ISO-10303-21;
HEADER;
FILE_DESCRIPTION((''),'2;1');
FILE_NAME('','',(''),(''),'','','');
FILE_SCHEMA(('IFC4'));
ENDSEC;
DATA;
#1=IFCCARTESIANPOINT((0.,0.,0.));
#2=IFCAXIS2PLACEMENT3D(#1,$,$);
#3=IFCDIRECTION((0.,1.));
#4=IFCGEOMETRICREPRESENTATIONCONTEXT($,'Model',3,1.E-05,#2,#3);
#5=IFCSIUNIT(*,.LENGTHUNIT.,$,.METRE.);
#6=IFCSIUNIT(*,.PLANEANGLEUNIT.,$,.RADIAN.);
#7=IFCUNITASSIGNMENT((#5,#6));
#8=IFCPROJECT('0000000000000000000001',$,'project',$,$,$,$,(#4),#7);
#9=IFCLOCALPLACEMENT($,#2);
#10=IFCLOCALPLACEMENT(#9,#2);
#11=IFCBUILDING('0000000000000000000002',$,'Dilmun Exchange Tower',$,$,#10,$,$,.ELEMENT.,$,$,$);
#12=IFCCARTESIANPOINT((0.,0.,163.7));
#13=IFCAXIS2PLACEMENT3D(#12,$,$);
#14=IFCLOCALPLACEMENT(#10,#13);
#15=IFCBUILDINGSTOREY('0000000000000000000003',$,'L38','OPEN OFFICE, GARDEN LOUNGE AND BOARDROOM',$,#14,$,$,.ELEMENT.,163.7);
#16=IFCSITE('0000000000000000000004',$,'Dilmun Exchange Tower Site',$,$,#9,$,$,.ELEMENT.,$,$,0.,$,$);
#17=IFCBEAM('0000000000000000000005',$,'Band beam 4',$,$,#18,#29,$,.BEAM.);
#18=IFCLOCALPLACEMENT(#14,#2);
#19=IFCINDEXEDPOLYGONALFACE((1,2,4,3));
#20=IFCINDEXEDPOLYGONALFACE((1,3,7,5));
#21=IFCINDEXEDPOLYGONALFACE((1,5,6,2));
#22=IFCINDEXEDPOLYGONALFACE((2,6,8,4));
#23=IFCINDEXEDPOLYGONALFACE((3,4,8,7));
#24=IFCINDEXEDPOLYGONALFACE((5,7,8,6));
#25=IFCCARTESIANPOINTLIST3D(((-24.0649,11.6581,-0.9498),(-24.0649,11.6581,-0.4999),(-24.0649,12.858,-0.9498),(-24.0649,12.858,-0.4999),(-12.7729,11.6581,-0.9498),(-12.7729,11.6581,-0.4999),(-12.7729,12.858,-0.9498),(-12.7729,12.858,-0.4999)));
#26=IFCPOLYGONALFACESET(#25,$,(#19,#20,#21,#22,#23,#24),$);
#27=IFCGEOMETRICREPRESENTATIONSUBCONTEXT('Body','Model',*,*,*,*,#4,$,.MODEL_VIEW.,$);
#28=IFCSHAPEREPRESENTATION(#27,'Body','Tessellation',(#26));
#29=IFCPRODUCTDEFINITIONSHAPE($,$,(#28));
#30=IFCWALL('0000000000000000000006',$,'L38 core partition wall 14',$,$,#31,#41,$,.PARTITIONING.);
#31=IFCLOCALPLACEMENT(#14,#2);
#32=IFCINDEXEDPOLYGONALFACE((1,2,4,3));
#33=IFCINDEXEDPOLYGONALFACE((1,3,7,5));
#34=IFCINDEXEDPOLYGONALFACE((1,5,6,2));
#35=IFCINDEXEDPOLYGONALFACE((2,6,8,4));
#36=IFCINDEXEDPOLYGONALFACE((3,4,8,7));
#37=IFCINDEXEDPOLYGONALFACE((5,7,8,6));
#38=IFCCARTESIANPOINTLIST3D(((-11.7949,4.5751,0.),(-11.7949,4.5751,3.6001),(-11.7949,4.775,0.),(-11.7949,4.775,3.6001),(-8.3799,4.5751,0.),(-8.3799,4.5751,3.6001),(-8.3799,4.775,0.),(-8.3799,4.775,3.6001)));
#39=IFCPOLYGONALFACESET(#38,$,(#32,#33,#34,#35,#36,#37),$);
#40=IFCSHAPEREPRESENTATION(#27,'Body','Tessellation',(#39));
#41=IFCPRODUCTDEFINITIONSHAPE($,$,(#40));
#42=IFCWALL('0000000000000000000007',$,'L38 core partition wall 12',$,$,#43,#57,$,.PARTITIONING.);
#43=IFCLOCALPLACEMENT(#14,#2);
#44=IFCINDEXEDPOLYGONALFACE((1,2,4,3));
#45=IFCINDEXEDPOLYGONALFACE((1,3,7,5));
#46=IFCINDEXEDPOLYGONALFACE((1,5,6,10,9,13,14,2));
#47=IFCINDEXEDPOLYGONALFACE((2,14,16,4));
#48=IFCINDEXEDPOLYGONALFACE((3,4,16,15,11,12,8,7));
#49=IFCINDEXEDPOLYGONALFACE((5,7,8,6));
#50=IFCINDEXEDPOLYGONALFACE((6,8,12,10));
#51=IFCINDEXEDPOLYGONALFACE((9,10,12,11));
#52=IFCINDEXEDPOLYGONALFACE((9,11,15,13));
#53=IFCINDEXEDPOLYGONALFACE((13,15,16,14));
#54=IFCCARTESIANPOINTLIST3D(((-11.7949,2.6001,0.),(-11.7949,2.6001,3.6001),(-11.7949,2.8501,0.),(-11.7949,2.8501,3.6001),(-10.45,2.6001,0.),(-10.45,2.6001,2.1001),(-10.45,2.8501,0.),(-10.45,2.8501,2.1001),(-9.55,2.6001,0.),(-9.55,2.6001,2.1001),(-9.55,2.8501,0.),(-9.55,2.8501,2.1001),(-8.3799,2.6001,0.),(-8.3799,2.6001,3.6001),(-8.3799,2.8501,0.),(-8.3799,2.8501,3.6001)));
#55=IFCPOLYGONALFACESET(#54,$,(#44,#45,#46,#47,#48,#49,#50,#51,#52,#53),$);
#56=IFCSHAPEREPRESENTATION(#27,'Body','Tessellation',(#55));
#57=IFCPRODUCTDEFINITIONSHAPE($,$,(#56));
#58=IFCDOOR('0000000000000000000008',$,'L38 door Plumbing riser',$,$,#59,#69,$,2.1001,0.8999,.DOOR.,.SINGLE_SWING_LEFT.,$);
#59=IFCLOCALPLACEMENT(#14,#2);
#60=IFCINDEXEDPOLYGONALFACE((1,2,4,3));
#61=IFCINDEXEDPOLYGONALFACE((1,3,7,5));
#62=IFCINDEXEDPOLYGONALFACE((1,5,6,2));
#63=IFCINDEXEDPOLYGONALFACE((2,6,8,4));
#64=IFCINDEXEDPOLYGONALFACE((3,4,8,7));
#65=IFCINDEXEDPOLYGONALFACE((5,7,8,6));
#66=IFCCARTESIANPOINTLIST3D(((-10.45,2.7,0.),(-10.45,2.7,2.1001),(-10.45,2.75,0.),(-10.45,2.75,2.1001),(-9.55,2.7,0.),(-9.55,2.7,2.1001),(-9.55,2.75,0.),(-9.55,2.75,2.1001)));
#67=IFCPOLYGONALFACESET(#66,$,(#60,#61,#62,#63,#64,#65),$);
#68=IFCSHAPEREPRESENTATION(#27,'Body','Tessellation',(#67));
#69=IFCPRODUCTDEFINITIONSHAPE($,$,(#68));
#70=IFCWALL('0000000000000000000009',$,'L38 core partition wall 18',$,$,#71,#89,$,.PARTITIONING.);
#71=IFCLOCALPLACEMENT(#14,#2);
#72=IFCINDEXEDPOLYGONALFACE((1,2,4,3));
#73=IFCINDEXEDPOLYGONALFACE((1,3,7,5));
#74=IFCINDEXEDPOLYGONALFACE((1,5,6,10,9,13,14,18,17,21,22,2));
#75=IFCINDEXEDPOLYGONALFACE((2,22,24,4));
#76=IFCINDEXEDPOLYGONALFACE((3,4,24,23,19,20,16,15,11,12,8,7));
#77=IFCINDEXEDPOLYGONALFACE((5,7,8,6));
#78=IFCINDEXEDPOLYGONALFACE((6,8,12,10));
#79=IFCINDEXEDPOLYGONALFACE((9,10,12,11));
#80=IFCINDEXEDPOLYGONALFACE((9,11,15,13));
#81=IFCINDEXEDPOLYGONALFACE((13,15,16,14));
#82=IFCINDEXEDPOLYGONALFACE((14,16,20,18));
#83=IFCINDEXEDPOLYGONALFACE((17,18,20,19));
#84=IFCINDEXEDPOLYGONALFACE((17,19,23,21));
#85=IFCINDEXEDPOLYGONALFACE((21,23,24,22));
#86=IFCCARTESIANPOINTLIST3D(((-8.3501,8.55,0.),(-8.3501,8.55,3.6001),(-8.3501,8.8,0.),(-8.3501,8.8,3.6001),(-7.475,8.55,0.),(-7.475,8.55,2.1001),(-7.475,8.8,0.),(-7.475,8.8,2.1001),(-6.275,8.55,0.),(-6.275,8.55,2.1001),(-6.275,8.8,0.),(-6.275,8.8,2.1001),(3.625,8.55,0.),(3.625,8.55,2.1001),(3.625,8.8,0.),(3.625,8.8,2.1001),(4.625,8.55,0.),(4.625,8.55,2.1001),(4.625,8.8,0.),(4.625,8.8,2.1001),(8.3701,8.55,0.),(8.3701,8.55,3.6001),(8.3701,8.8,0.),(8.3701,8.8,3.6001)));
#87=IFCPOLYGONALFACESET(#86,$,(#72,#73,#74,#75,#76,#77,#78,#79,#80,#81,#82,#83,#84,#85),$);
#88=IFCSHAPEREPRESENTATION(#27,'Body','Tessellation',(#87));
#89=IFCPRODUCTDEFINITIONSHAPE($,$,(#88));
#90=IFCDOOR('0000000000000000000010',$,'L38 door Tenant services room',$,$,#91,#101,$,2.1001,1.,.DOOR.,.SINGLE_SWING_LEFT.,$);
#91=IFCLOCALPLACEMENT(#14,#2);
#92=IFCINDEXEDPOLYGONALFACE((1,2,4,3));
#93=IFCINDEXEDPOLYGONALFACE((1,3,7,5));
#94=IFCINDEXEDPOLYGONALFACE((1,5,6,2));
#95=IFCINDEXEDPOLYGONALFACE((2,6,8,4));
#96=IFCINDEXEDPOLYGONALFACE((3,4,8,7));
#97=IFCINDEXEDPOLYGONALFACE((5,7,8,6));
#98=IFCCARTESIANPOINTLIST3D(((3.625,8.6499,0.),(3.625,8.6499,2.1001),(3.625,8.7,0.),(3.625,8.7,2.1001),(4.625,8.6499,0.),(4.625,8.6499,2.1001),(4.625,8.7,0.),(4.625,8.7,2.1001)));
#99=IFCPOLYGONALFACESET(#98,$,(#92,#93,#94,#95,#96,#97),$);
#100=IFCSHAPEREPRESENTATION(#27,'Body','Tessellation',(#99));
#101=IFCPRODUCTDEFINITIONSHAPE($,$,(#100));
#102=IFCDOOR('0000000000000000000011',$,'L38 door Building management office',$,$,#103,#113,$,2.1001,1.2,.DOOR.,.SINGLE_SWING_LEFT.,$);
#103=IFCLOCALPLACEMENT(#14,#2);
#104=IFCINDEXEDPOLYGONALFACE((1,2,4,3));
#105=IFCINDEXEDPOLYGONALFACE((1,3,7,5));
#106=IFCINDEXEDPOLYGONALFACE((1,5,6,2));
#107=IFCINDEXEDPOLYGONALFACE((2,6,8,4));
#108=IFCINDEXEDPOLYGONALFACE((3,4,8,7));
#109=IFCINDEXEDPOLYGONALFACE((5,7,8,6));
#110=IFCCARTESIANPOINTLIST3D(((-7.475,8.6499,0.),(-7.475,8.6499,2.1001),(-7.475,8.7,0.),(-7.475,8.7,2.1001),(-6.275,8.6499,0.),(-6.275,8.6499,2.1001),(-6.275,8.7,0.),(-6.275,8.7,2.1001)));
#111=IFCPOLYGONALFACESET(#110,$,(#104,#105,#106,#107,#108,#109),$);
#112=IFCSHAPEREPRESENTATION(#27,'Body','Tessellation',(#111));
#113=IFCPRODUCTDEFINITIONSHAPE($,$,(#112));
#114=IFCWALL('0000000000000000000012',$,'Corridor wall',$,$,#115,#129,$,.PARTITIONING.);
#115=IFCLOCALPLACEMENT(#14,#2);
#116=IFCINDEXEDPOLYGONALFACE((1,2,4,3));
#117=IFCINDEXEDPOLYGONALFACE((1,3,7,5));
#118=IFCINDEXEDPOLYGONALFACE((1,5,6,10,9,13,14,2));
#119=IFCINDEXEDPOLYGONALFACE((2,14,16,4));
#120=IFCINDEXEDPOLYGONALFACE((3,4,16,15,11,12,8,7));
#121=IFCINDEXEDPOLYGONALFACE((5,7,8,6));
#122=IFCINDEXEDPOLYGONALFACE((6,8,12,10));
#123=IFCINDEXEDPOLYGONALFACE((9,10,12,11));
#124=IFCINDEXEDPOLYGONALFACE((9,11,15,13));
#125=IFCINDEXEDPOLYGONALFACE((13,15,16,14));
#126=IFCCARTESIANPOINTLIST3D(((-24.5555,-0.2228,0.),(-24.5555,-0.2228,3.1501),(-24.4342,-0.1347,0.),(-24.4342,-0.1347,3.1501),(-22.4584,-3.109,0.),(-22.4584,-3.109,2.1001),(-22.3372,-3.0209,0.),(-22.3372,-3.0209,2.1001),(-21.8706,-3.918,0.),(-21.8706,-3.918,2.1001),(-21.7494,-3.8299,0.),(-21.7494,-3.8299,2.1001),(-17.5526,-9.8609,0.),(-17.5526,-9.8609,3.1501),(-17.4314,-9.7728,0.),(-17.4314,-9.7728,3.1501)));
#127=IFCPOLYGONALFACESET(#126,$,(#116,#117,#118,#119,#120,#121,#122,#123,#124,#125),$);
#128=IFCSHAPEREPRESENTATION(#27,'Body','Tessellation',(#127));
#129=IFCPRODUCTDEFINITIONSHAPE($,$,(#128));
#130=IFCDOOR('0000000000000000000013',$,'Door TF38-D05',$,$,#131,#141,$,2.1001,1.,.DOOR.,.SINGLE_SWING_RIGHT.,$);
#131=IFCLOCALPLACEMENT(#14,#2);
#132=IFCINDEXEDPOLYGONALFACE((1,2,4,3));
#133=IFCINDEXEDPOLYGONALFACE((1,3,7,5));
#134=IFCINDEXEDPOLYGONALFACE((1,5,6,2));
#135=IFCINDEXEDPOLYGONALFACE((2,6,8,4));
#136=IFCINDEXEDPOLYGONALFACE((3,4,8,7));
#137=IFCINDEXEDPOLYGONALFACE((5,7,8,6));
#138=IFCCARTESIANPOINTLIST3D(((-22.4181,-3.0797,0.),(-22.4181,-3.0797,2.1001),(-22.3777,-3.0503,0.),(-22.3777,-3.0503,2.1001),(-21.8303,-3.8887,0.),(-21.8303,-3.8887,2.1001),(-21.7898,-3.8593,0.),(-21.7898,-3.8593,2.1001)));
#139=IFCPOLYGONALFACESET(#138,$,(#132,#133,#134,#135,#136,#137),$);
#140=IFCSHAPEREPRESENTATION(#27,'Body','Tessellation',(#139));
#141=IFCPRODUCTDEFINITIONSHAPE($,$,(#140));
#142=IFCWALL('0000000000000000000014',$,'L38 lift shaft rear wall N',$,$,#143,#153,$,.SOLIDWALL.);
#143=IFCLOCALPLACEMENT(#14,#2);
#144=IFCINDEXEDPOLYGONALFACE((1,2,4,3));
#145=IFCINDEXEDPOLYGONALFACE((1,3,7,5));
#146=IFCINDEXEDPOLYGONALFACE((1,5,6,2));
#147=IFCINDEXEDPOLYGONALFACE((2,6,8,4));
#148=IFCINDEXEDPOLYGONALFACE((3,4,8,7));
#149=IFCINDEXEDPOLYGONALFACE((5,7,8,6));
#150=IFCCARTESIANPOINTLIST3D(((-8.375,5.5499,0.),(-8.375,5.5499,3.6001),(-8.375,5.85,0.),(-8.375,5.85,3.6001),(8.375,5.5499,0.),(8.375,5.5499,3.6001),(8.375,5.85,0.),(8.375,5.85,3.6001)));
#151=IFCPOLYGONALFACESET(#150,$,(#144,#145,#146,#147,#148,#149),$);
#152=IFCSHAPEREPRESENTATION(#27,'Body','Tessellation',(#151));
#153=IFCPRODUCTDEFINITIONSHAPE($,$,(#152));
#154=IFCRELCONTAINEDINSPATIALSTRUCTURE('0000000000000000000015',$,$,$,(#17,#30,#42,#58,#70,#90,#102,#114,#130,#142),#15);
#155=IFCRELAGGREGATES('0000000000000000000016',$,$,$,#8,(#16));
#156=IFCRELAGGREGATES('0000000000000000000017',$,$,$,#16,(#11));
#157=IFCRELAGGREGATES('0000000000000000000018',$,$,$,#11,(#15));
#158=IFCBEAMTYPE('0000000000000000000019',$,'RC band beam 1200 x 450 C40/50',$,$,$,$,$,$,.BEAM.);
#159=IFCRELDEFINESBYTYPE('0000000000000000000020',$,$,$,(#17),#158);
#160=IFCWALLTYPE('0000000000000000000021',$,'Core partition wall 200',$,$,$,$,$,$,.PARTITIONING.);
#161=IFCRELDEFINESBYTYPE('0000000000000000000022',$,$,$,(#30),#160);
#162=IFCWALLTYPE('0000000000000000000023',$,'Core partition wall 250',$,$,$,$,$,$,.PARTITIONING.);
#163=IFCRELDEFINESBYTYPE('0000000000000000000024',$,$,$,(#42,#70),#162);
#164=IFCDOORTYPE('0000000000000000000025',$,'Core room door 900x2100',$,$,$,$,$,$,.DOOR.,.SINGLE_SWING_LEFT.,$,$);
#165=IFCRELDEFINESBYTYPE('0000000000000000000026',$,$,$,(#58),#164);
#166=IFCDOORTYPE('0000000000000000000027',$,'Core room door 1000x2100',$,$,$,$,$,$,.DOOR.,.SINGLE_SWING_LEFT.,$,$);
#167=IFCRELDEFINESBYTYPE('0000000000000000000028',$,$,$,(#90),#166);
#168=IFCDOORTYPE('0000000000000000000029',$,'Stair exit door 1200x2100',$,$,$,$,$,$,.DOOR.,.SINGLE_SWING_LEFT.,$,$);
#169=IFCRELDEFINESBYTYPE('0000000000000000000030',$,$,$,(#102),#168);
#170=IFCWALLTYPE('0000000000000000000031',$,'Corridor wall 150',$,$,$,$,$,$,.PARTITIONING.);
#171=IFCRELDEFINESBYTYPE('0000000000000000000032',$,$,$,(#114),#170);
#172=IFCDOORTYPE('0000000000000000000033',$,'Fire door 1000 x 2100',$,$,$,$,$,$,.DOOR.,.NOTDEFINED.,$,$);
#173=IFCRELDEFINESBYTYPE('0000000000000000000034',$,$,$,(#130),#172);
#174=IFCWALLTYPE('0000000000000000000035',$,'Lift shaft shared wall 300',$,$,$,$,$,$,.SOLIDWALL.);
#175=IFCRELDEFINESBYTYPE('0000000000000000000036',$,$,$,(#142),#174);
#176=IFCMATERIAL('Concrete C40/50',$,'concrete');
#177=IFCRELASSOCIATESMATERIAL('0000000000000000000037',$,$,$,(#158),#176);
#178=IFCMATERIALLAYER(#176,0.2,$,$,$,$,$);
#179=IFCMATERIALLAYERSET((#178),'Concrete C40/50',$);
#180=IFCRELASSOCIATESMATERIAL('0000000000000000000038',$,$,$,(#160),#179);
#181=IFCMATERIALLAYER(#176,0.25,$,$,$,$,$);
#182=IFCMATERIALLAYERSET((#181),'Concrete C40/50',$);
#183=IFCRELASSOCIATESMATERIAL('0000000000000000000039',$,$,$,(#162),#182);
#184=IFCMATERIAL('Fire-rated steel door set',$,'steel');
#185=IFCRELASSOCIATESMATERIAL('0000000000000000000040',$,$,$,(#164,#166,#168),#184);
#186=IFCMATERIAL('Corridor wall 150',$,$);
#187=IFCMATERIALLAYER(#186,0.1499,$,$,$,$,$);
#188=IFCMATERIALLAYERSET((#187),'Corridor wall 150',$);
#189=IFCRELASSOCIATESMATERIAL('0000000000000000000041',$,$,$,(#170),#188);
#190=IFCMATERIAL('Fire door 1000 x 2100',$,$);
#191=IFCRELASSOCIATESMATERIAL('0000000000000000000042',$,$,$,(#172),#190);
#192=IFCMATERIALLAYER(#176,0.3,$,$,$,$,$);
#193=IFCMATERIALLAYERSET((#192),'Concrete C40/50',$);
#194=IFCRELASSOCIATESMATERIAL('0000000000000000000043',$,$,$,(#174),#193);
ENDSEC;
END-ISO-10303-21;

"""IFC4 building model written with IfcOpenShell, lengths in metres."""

from ifc_helpers import new_model, si_unit, direction, frame, frame_2d, origin, origin_2d, place, context, subcontext, project, spatial, rectangle, extrude, material, layer, layer_set, material_profile, profile_set, type_object, element, fill, save


model = new_model("IFC4")

# Units and contexts
model_context = context("Model", 3, precision=1e-05, world=origin(), true_north=direction((0.0, 1.0)))
body_context = subcontext(model_context, "Body", "Model", "MODEL_VIEW")
ifc_project = project(units=[si_unit("LENGTHUNIT", "METRE"), si_unit("PLANEANGLEUNIT", "RADIAN")], contexts=[model_context])

# Site, building, storey
site_placement = place(None, origin())
site = spatial("IfcSite", under=ifc_project, at=site_placement, Name="Dilmun Exchange Tower Site", CompositionType="ELEMENT", RefElevation=0.0)
building_placement = place(site_placement, origin())
building = spatial("IfcBuilding", under=site, at=building_placement, Name="Dilmun Exchange Tower", CompositionType="ELEMENT")
storey_placement = place(building_placement, frame((0.0, 0.0, 163.7)))
storey = spatial("IfcBuildingStorey", under=building, at=storey_placement, Name="L38", Description="OPEN OFFICE, GARDEN LOUNGE AND BOARDROOM", CompositionType="ELEMENT", Elevation=163.7)

# Beam
ifc_material_1 = material(Name="Concrete C40/50", Category="concrete")
ifc_material_profile = material_profile(ifc_material_1, rectangle(XDim=1.2, YDim=0.45, at=origin_2d()), Name="1200 x 450")
ifc_profile_set = profile_set([ifc_material_profile], Name="Concrete C40/50")
beam_type = type_object("IfcBeamType", Name="RC band beam 1200 x 450 C40/50", PredefinedType="BEAM", material=ifc_profile_set)
beam_placement = place(storey_placement, frame((-24.0649, 12.2581, -0.7249), z_axis=(1.0, 0.0, 0.0), x_axis=(0.0, 1.0, 0.0)))
element("IfcBeam", 1, at=beam_placement, inside=storey, type_object=beam_type, Name="Band beam 4", PredefinedType="BEAM", context=body_context, shape_type="SweptSolid", body=[
    extrude(rectangle(XDim=1.2, YDim=0.45, at=origin_2d()), origin(), (0.0, 0.0, 1.0), 11.292),
])

# Wall
ifc_layer_1 = layer(ifc_material_1, 0.2)
ifc_layer_set_1 = layer_set([ifc_layer_1], Name="Concrete C40/50")
wall_type_1 = type_object("IfcWallType", Name="Core partition wall 200", PredefinedType="PARTITIONING", material=ifc_layer_set_1)
wall_1_placement = place(storey_placement, frame((-11.7949, 4.675, 0.0), z_axis=(0.0, 0.0, 1.0), x_axis=(1.0, 0.0, 0.0)))
element("IfcWall", 2, at=wall_1_placement, inside=storey, type_object=wall_type_1, Name="L38 core partition wall 14", PredefinedType="PARTITIONING", context=body_context, shape_type="SweptSolid", body=[
    extrude(rectangle(XDim=3.415, YDim=0.2, at=frame_2d((1.7075, 0.0))), origin(), (0.0, 0.0, 1.0), 3.6001),
])

# Wall, opening, door
ifc_layer_2 = layer(ifc_material_1, 0.25)
ifc_layer_set_2 = layer_set([ifc_layer_2], Name="Concrete C40/50")
wall_type_2 = type_object("IfcWallType", Name="Core partition wall 250", PredefinedType="PARTITIONING", material=ifc_layer_set_2)
wall_2_placement = place(storey_placement, frame((-11.7949, 2.7251, 0.0), z_axis=(0.0, 0.0, 1.0), x_axis=(1.0, 0.0, 0.0)))
wall_2 = element("IfcWall", 3, at=wall_2_placement, inside=storey, type_object=wall_type_2, Name="L38 core partition wall 12", PredefinedType="PARTITIONING", context=body_context, shape_type="SweptSolid", body=[
    extrude(rectangle(XDim=3.415, YDim=0.25, at=frame_2d((1.7075, 0.0))), origin(), (0.0, 0.0, 1.0), 3.6001),
])
opening_1_placement = place(wall_2_placement, frame((1.345, 0.0, 0.0)))
opening_1 = element("IfcOpeningElement", 4, at=opening_1_placement, cuts=wall_2, PredefinedType="OPENING", context=body_context, shape_type="SweptSolid", body=[
    extrude(rectangle(XDim=0.8999, YDim=2.1001, at=frame_2d((0.45, 1.05))), frame((0.0, 0.135, 0.0), z_axis=(0.0, -1.0, 0.0), x_axis=(1.0, 0.0, 0.0)), (0.0, 0.0, 1.0), 0.27),
])
ifc_material_2 = material(Name="Fire-rated steel door set", Category="steel")
door_type_1 = type_object("IfcDoorType", Name="Core room door 900x2100", OperationType="SINGLE_SWING_LEFT", PredefinedType="DOOR", material=ifc_material_2)
door_1_placement = place(opening_1_placement, origin())
door_1 = element("IfcDoor", 5, at=door_1_placement, inside=storey, type_object=door_type_1, Name="L38 door Plumbing riser", OperationType="SINGLE_SWING_LEFT", OverallHeight=2.1001, OverallWidth=0.8999, PredefinedType="DOOR", context=body_context, shape_type="SweptSolid", body=[
    extrude(rectangle(XDim=0.8999, YDim=2.1001, at=frame_2d((0.45, 1.05))), frame((0.0, 0.0249, 0.0), z_axis=(0.0, -1.0, 0.0), x_axis=(1.0, 0.0, 0.0)), (0.0, 0.0, 1.0), 0.05),
])
fill(opening_1, door_1)

# Wall, openings, doors
wall_3_placement = place(storey_placement, frame((-8.3501, 8.675, 0.0), z_axis=(0.0, 0.0, 1.0), x_axis=(1.0, 0.0, 0.0)))
wall_3 = element("IfcWall", 6, at=wall_3_placement, inside=storey, type_object=wall_type_2, Name="L38 core partition wall 18", PredefinedType="PARTITIONING", context=body_context, shape_type="SweptSolid", body=[
    extrude(rectangle(XDim=16.7202, YDim=0.25, at=frame_2d((8.3601, 0.0))), origin(), (0.0, 0.0, 1.0), 3.6001),
])
opening_2_placement = place(wall_3_placement, frame((0.875, 0.0, 0.0)))
opening_2 = element("IfcOpeningElement", 7, at=opening_2_placement, cuts=wall_3, PredefinedType="OPENING", context=body_context, shape_type="SweptSolid", body=[
    extrude(rectangle(XDim=1.2, YDim=2.1001, at=frame_2d((0.6001, 1.05))), frame((0.0, 0.135, 0.0), z_axis=(0.0, -1.0, 0.0), x_axis=(1.0, 0.0, 0.0)), (0.0, 0.0, 1.0), 0.27),
])
opening_3_placement = place(wall_3_placement, frame((11.9751, 0.0, 0.0)))
opening_3 = element("IfcOpeningElement", 8, at=opening_3_placement, cuts=wall_3, PredefinedType="OPENING", context=body_context, shape_type="SweptSolid", body=[
    extrude(rectangle(XDim=1.0, YDim=2.1001, at=frame_2d((0.5, 1.05))), frame((0.0, 0.135, 0.0), z_axis=(0.0, -1.0, 0.0), x_axis=(1.0, 0.0, 0.0)), (0.0, 0.0, 1.0), 0.27),
])
door_type_2 = type_object("IfcDoorType", Name="Core room door 1000x2100", OperationType="SINGLE_SWING_LEFT", PredefinedType="DOOR", material=ifc_material_2)
door_2_placement = place(opening_3_placement, origin())
door_2 = element("IfcDoor", 9, at=door_2_placement, inside=storey, type_object=door_type_2, Name="L38 door Tenant services room", OperationType="SINGLE_SWING_LEFT", OverallHeight=2.1001, OverallWidth=1.0, PredefinedType="DOOR", context=body_context, shape_type="SweptSolid", body=[
    extrude(rectangle(XDim=1.0, YDim=2.1001, at=frame_2d((0.5, 1.05))), frame((0.0, 0.0249, 0.0), z_axis=(0.0, -1.0, 0.0), x_axis=(1.0, 0.0, 0.0)), (0.0, 0.0, 1.0), 0.05),
])
fill(opening_3, door_2)
door_type_3 = type_object("IfcDoorType", Name="Stair exit door 1200x2100", OperationType="SINGLE_SWING_LEFT", PredefinedType="DOOR", material=ifc_material_2)
door_3_placement = place(opening_2_placement, origin())
door_3 = element("IfcDoor", 10, at=door_3_placement, inside=storey, type_object=door_type_3, Name="L38 door Building management office", OperationType="SINGLE_SWING_LEFT", OverallHeight=2.1001, OverallWidth=1.2, PredefinedType="DOOR", context=body_context, shape_type="SweptSolid", body=[
    extrude(rectangle(XDim=1.2, YDim=2.1001, at=frame_2d((0.6001, 1.05))), frame((0.0, 0.0249, 0.0), z_axis=(0.0, -1.0, 0.0), x_axis=(1.0, 0.0, 0.0)), (0.0, 0.0, 1.0), 0.05),
])
fill(opening_2, door_3)

# Wall, opening, door
ifc_material_3 = material(Name="Corridor wall 150")
ifc_layer_3 = layer(ifc_material_3, 0.1499)
ifc_layer_set_3 = layer_set([ifc_layer_3], Name="Corridor wall 150")
wall_type_3 = type_object("IfcWallType", Name="Corridor wall 150", PredefinedType="PARTITIONING", material=ifc_layer_set_3)
wall_4_placement = place(storey_placement, frame((-24.4949, -0.1787, 0.0), z_axis=(0.0, 0.0, 1.0), x_axis=(0.587806, -0.809002, 0.0)))
wall_4 = element("IfcWall", 11, at=wall_4_placement, inside=storey, type_object=wall_type_3, Name="Corridor wall", PredefinedType="PARTITIONING", context=body_context, shape_type="SweptSolid", body=[
    extrude(rectangle(XDim=11.9136, YDim=0.1499, at=frame_2d((5.9568, 0.0))), origin(), (0.0, 0.0, 1.0), 3.1501),
])
opening_4_placement = place(wall_4_placement, frame((3.5676, 0.0, 0.0)))
opening_4 = element("IfcOpeningElement", 12, at=opening_4_placement, cuts=wall_4, PredefinedType="OPENING", context=body_context, shape_type="SweptSolid", body=[
    extrude(rectangle(XDim=1.0, YDim=2.1001, at=frame_2d((0.5, 1.05))), frame((0.0, 0.085, 0.0), z_axis=(0.0, -1.0, 0.0), x_axis=(1.0, 0.0, 0.0)), (0.0, 0.0, 1.0), 0.1699),
])
ifc_material_4 = material(Name="Fire door 1000 x 2100")
door_type_4 = type_object("IfcDoorType", Name="Fire door 1000 x 2100", OperationType="NOTDEFINED", PredefinedType="DOOR", material=ifc_material_4)
door_4_placement = place(opening_4_placement, origin())
door_4 = element("IfcDoor", 13, at=door_4_placement, inside=storey, type_object=door_type_4, Name="Door TF38-D05", OperationType="SINGLE_SWING_RIGHT", OverallHeight=2.1001, OverallWidth=1.0, PredefinedType="DOOR", context=body_context, shape_type="SweptSolid", body=[
    extrude(rectangle(XDim=1.0, YDim=2.1001, at=frame_2d((0.5, 1.05))), frame((0.0, 0.0249, 0.0), z_axis=(0.0, -1.0, 0.0), x_axis=(1.0, 0.0, 0.0)), (0.0, 0.0, 1.0), 0.05),
])
fill(opening_4, door_4)

# Wall
ifc_layer_4 = layer(ifc_material_1, 0.3)
ifc_layer_set_4 = layer_set([ifc_layer_4], Name="Concrete C40/50")
wall_type_4 = type_object("IfcWallType", Name="Lift shaft shared wall 300", PredefinedType="SOLIDWALL", material=ifc_layer_set_4)
wall_5_placement = place(storey_placement, frame((-8.375, 5.7, 0.0), z_axis=(0.0, 0.0, 1.0), x_axis=(1.0, 0.0, 0.0)))
element("IfcWall", 14, at=wall_5_placement, inside=storey, type_object=wall_type_4, Name="L38 lift shaft rear wall N", PredefinedType="SOLIDWALL", context=body_context, shape_type="SweptSolid", body=[
    extrude(rectangle(XDim=16.75, YDim=0.3, at=frame_2d((8.375, 0.0))), origin(), (0.0, 0.0, 1.0), 3.6001),
])

save(model, "model.ifc")
